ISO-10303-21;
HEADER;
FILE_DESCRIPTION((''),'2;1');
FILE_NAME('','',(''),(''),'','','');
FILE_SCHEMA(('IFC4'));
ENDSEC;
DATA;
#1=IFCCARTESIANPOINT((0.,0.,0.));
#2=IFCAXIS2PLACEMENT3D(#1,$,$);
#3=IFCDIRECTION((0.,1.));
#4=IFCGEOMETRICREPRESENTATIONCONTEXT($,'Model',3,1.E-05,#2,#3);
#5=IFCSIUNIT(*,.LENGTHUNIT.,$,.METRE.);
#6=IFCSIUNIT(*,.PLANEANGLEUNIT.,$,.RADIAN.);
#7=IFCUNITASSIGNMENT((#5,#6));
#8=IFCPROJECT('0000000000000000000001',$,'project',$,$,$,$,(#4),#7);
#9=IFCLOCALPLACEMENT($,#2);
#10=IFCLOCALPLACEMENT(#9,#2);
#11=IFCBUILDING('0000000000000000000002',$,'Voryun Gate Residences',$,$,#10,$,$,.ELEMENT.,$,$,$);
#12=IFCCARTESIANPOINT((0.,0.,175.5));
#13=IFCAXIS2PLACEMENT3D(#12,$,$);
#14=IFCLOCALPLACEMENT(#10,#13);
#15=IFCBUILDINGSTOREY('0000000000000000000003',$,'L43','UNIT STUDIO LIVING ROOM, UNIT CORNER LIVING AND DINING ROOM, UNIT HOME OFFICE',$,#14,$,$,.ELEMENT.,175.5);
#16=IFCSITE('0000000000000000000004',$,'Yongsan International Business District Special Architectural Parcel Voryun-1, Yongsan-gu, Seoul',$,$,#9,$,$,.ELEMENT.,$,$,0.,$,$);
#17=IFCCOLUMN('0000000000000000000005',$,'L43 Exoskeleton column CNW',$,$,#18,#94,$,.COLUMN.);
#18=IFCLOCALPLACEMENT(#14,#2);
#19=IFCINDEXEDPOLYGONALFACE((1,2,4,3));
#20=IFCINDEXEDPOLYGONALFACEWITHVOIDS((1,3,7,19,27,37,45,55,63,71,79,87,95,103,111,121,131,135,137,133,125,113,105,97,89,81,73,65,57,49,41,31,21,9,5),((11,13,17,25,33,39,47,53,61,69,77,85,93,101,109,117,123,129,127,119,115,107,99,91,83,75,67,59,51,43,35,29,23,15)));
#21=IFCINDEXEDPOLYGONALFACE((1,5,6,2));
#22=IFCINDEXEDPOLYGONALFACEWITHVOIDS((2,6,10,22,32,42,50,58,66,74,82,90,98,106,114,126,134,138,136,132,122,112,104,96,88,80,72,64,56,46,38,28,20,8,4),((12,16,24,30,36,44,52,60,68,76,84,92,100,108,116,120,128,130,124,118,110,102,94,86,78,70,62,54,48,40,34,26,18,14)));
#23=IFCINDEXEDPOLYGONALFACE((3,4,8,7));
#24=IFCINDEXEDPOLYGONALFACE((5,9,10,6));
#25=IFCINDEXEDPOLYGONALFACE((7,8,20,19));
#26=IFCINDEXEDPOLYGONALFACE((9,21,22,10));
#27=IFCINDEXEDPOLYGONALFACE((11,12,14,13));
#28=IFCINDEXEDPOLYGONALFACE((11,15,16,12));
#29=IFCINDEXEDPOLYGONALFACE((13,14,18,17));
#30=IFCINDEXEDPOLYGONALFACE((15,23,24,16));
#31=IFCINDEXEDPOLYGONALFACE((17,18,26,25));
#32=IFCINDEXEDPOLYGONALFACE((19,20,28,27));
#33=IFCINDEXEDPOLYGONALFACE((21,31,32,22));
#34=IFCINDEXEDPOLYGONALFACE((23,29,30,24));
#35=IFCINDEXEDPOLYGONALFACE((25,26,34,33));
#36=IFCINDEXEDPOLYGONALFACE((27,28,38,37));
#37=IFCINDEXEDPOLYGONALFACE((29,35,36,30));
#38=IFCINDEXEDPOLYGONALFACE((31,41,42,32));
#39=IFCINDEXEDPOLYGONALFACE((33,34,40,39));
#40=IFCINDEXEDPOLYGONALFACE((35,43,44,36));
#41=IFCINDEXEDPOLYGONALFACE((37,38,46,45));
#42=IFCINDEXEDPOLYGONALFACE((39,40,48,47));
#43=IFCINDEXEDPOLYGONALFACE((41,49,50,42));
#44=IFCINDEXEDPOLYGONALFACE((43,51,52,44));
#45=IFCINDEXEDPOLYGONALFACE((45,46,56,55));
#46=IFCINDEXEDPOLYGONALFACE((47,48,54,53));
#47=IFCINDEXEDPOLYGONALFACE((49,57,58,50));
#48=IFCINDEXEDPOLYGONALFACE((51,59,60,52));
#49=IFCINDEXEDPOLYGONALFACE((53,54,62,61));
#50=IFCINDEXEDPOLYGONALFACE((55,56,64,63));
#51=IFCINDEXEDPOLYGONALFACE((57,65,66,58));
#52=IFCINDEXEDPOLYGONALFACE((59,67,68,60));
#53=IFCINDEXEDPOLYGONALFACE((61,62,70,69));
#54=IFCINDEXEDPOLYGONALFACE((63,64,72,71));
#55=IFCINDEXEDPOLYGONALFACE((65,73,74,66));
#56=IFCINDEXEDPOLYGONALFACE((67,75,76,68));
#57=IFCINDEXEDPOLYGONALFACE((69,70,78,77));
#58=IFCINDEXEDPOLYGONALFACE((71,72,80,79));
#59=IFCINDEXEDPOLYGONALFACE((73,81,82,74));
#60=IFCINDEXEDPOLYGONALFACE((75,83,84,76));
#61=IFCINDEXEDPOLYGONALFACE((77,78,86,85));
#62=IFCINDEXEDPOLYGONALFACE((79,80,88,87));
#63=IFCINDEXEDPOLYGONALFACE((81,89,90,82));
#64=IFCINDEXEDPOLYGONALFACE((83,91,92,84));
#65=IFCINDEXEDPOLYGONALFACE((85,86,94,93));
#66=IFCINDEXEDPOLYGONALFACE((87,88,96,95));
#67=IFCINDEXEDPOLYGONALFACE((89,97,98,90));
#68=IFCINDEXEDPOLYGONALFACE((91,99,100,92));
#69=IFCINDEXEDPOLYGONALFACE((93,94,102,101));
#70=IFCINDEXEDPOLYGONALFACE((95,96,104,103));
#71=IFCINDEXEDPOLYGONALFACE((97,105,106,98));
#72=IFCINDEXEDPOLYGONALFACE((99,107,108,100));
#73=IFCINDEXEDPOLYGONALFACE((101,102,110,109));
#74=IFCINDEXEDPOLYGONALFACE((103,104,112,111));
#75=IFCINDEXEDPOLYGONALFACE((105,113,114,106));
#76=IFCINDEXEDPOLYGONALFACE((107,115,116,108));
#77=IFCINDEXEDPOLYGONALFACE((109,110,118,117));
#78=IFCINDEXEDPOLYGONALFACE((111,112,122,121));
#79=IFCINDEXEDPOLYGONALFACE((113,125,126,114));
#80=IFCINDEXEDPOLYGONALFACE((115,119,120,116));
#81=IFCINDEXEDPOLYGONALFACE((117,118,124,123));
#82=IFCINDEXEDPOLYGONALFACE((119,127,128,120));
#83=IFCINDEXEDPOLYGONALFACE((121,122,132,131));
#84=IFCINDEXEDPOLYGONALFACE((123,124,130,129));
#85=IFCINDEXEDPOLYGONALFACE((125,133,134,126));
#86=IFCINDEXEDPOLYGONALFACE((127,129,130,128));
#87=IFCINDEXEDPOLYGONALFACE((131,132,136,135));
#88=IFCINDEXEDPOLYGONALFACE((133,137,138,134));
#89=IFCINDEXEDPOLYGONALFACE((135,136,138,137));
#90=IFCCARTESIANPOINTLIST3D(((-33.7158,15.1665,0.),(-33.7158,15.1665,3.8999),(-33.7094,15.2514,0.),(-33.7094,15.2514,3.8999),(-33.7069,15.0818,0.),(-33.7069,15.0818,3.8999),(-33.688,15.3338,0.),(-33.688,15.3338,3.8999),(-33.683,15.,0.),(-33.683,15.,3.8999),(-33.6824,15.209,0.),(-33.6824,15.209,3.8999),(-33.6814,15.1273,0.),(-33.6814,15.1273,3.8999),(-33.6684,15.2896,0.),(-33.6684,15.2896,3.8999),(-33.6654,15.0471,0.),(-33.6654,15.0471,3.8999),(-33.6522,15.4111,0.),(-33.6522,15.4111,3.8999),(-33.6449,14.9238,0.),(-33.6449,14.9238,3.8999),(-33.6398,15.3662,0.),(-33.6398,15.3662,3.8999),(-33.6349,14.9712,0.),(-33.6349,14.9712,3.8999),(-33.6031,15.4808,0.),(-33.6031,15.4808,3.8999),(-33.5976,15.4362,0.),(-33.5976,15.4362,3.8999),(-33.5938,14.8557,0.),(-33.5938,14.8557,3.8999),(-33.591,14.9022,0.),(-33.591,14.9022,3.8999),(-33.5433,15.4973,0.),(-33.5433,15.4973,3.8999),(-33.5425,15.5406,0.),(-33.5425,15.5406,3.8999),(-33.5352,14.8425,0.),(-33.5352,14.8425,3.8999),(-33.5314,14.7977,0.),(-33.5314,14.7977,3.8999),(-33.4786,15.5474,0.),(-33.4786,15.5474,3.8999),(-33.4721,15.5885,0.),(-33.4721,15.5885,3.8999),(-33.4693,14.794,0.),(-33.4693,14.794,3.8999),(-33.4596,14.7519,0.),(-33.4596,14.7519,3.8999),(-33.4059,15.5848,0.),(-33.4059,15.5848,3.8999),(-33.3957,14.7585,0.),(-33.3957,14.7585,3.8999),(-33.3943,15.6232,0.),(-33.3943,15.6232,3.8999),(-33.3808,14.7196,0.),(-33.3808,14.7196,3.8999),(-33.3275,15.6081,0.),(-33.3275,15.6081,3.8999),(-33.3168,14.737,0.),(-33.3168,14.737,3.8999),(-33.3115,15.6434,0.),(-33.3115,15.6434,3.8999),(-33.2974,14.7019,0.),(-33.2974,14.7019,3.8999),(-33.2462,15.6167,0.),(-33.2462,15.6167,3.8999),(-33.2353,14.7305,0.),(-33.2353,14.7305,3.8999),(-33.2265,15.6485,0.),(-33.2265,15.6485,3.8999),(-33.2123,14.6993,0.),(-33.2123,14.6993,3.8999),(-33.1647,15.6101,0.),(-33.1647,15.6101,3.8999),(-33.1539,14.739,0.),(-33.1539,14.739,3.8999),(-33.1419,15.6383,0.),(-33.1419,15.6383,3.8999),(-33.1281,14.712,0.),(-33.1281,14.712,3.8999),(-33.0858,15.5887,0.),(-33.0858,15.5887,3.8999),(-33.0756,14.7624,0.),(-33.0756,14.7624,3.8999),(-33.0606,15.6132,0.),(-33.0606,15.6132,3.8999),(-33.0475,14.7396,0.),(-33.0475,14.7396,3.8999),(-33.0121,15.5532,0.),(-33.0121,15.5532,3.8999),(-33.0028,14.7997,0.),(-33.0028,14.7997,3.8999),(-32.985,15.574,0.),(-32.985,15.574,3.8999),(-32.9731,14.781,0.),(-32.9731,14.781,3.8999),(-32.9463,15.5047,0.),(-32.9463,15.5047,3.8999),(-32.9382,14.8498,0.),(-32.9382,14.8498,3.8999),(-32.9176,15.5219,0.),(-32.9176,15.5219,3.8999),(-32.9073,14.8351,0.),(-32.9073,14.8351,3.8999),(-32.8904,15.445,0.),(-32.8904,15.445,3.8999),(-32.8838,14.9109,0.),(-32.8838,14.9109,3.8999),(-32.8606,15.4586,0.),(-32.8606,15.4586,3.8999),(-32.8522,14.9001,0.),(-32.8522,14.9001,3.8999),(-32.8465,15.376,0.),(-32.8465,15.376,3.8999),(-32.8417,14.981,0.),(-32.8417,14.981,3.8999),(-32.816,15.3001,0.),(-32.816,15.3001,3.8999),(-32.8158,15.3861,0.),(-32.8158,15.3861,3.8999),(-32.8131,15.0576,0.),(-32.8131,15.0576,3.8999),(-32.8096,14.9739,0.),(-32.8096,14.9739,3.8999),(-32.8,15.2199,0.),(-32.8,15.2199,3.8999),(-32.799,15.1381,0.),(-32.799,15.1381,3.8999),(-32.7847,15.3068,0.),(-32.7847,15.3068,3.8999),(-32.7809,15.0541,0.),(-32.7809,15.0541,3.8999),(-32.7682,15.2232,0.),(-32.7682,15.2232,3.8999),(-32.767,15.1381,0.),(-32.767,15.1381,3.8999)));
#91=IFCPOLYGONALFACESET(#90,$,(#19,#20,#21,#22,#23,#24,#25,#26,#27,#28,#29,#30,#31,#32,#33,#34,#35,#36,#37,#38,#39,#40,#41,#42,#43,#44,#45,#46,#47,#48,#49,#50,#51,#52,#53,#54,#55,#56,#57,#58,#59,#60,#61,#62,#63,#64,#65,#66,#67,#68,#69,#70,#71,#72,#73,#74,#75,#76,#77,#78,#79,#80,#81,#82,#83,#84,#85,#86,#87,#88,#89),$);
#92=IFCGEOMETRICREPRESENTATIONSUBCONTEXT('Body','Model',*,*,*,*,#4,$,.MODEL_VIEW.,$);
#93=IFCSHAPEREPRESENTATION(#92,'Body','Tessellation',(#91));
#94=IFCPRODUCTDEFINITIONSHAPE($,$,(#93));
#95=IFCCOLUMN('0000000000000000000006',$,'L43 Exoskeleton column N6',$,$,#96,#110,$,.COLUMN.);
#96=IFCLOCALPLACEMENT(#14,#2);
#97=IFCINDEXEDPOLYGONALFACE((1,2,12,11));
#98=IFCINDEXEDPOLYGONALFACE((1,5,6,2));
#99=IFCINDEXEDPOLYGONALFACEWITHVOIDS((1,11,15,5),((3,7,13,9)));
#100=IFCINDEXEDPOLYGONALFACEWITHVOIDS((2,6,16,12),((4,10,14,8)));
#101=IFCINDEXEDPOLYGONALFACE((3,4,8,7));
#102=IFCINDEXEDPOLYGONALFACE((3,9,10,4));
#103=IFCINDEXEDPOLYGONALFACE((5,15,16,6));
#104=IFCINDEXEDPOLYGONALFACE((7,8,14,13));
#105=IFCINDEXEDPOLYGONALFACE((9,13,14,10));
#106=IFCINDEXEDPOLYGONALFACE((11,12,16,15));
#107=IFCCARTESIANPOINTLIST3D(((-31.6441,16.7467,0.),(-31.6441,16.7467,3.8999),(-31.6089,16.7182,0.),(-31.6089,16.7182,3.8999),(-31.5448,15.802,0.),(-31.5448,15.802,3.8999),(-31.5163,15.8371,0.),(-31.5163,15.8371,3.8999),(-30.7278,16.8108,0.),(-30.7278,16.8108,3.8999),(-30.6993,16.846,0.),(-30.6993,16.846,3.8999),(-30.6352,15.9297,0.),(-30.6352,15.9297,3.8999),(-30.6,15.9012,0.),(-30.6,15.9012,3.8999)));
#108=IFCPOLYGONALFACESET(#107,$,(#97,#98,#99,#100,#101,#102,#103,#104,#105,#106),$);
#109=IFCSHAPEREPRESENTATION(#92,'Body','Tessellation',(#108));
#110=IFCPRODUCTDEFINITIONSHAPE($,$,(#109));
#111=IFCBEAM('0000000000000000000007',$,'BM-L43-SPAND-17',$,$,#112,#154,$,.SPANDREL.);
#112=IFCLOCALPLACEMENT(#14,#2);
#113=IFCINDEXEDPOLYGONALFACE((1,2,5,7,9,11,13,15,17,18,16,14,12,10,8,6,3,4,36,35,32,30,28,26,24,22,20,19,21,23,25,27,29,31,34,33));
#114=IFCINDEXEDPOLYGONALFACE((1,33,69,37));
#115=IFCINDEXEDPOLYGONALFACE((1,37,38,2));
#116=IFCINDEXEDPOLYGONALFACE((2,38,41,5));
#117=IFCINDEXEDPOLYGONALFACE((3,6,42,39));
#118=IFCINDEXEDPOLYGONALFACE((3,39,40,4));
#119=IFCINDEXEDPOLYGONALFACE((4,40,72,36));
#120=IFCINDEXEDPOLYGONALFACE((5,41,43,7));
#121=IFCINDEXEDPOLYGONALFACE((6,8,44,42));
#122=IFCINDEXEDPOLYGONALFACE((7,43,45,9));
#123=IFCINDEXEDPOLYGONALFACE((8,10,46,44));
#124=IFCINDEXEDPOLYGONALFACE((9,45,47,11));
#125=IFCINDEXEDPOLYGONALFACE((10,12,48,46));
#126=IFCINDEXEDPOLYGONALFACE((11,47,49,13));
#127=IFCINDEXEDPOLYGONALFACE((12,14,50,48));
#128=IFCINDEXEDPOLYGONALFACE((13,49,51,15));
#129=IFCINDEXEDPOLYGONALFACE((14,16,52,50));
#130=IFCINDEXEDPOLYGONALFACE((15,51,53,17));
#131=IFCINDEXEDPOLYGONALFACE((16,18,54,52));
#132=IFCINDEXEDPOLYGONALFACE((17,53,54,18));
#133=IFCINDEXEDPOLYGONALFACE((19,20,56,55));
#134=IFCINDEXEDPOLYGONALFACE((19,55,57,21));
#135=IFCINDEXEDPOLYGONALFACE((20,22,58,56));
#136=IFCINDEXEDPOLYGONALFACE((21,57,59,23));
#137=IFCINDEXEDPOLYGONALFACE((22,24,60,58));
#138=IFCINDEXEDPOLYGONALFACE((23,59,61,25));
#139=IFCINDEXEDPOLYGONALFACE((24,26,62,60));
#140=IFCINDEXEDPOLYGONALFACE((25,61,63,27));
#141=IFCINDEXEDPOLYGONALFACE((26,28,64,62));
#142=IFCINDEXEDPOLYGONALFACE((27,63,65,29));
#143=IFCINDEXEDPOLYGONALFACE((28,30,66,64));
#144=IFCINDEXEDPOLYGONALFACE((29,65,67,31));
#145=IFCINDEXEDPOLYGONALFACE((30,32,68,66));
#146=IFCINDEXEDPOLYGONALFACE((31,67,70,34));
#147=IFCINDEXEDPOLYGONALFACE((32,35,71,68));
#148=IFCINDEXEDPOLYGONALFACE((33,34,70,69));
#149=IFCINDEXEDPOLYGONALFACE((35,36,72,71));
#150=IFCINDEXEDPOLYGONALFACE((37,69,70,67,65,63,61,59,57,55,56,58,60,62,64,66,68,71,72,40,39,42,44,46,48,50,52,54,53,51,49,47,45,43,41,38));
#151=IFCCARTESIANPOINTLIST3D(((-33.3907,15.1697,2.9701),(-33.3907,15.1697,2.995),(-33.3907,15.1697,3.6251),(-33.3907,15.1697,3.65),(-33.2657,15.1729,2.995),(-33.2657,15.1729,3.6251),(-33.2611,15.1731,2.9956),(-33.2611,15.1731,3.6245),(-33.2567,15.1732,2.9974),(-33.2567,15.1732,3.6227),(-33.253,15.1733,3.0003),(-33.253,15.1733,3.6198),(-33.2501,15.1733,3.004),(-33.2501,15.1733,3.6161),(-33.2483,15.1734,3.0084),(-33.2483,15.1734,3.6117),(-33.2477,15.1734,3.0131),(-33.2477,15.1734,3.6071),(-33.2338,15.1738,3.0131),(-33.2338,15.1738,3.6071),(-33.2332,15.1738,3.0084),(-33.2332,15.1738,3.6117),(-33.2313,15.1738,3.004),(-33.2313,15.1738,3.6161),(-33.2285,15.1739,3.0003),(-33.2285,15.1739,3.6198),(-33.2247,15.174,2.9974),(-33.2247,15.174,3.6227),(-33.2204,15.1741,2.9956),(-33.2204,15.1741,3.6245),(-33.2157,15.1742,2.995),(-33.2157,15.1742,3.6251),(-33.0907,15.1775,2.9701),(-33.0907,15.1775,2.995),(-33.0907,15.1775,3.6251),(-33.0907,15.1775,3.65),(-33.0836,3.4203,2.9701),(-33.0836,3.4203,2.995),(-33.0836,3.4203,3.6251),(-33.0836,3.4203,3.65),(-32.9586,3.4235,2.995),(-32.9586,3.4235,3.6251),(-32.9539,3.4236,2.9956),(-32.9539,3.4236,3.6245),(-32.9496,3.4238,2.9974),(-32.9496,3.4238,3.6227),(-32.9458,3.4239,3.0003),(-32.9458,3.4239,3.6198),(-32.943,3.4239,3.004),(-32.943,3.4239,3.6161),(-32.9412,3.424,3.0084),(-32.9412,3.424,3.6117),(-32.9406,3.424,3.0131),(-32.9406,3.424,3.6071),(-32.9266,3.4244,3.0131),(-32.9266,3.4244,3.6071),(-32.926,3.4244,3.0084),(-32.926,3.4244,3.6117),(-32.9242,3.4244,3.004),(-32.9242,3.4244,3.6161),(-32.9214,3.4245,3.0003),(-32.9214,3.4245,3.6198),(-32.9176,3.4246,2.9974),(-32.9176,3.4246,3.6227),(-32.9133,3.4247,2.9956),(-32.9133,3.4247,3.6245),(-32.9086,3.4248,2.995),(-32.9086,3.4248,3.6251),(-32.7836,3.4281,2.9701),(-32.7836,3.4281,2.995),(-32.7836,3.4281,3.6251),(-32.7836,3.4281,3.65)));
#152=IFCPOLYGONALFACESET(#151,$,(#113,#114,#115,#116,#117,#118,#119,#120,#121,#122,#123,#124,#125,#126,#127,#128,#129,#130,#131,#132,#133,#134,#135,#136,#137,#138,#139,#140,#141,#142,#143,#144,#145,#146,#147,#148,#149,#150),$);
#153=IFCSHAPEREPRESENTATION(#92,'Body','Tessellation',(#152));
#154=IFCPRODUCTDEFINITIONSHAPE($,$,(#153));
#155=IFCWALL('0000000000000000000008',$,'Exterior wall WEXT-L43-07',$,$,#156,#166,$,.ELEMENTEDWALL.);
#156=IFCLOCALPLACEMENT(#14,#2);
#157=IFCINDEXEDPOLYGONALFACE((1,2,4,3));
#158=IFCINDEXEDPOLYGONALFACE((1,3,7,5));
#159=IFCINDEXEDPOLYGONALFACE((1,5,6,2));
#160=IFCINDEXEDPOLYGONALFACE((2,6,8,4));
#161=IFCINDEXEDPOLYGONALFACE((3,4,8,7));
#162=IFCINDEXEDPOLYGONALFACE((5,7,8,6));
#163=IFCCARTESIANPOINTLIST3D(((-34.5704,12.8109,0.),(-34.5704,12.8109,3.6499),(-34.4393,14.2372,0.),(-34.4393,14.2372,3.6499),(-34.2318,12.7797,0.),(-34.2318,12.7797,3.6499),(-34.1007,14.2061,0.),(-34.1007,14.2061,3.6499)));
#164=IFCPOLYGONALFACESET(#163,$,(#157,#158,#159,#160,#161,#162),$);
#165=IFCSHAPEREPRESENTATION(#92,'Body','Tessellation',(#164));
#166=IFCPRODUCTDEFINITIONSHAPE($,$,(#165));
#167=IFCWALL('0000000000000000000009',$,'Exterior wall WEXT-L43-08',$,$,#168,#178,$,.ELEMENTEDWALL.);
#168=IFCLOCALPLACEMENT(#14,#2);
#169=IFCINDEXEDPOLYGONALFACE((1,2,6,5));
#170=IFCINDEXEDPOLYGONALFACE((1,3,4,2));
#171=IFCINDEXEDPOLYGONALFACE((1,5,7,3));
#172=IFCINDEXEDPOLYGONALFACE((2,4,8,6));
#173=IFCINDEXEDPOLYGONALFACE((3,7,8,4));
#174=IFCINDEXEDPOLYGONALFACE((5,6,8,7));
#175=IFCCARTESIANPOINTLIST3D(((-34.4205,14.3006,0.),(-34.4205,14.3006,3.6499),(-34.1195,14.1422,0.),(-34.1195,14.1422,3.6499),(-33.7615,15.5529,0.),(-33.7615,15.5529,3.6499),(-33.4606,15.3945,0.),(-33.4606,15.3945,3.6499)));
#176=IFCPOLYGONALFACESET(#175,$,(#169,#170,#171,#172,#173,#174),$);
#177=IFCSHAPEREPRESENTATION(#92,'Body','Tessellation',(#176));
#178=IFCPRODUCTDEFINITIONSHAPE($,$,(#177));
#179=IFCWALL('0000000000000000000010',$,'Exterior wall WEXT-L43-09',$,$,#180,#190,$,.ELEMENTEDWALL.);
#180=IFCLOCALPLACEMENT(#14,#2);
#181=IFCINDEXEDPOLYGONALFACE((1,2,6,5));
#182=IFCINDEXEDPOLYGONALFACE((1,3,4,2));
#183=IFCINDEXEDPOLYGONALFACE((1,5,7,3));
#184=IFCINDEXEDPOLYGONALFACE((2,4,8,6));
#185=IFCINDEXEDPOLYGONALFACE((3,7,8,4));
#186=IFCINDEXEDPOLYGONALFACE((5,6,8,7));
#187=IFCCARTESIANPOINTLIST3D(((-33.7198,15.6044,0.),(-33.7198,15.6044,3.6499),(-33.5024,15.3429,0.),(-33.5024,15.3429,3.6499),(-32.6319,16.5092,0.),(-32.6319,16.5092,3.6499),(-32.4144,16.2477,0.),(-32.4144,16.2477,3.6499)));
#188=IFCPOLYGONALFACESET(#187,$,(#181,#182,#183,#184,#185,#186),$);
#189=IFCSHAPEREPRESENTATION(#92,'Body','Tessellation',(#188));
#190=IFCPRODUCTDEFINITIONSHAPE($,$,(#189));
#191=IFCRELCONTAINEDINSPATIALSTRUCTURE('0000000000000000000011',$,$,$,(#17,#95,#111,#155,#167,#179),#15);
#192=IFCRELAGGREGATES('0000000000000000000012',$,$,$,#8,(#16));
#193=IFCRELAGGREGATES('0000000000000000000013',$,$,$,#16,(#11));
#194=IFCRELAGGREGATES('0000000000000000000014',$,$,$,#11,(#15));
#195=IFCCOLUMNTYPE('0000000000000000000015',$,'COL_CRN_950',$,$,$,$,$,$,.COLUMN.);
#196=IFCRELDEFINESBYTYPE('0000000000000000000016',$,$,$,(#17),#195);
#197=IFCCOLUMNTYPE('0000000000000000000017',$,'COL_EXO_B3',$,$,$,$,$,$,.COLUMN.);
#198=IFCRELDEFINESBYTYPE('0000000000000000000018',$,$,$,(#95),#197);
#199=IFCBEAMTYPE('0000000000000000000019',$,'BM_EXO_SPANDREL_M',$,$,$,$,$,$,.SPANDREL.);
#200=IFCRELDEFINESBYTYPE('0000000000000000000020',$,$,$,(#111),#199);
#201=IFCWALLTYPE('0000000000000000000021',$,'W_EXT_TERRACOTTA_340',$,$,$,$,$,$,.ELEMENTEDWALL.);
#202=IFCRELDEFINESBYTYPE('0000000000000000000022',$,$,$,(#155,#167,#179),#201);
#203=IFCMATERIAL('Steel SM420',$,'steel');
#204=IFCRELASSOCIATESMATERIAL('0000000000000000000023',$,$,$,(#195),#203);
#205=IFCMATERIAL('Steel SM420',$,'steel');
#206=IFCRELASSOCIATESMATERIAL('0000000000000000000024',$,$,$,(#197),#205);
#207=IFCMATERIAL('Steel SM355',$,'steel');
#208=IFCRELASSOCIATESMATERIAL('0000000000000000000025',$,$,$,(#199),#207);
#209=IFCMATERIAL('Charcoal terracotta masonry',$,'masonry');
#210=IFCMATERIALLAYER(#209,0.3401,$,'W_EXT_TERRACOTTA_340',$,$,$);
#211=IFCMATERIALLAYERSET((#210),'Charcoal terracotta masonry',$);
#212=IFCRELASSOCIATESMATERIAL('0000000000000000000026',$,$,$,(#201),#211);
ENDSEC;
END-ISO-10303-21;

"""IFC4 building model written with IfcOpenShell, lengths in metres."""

from ifc_helpers import new_model, si_unit, direction, frame, frame_2d, origin, origin_2d, place, context, subcontext, project, spatial, rectangle, hollow_rectangle, hollow_circle, i_section, extrude, material, layer, layer_set, material_profile, profile_set, type_object, element, save


model = new_model("IFC4")

# Units and contexts
model_context = context("Model", 3, precision=1e-05, world=origin(), true_north=direction((0.0, 1.0)))
body_context = subcontext(model_context, "Body", "Model", "MODEL_VIEW")
ifc_project = project(units=[si_unit("LENGTHUNIT", "METRE"), si_unit("PLANEANGLEUNIT", "RADIAN")], contexts=[model_context])

# Site, building, storey
site_placement = place(None, origin())
site = spatial("IfcSite", under=ifc_project, at=site_placement, Name="Yongsan International Business District Special Architectural Parcel Voryun-1, Yongsan-gu, Seoul", CompositionType="ELEMENT", RefElevation=0.0)
building_placement = place(site_placement, origin())
building = spatial("IfcBuilding", under=site, at=building_placement, Name="Voryun Gate Residences", CompositionType="ELEMENT")
storey_placement = place(building_placement, frame((0.0, 0.0, 175.5)))
storey = spatial("IfcBuildingStorey", under=building, at=storey_placement, Name="L43", Description="UNIT STUDIO LIVING ROOM, UNIT CORNER LIVING AND DINING ROOM, UNIT HOME OFFICE", CompositionType="ELEMENT", Elevation=175.5)

# Columns
ifc_material_1 = material(Name="Steel SM420", Category="steel")
ifc_material_profile_1 = material_profile(ifc_material_1, hollow_circle(Radius=0.4751, WallThickness=0.032, at=origin_2d()), Name="CHS-950x32")
ifc_profile_set_1 = profile_set([ifc_material_profile_1], Name="Steel SM420")
column_type_1 = type_object("IfcColumnType", Name="COL_CRN_950", PredefinedType="COLUMN", material=ifc_profile_set_1)
column_1_placement = place(storey_placement, frame((-33.2407, 15.1736, 0.0), z_axis=(0.0, 0.0, 1.0), x_axis=(0.994522, 0.104528, 0.0)))
element("IfcColumn", 1, at=column_1_placement, inside=storey, type_object=column_type_1, Name="L43 Exoskeleton column CNW", PredefinedType="COLUMN", context=body_context, shape_type="SweptSolid", body=[
    extrude(hollow_circle(Radius=0.4751, WallThickness=0.032, at=origin_2d()), origin(), (0.0, 0.0, 1.0), 3.8999),
])
ifc_material_2 = material(Name="Steel SM420", Category="steel")
ifc_material_profile_2 = material_profile(ifc_material_2, hollow_rectangle(XDim=0.95, YDim=0.95, WallThickness=0.032, at=origin_2d()), Name="BOX-950x950x32")
ifc_profile_set_2 = profile_set([ifc_material_profile_2], Name="Steel SM420")
column_type_2 = type_object("IfcColumnType", Name="COL_EXO_B3", PredefinedType="COLUMN", material=ifc_profile_set_2)
column_2_placement = place(storey_placement, frame((-31.1221, 16.324, 0.0), z_axis=(0.0, 0.0, 1.0), x_axis=(0.994522, 0.104528, 0.0)))
element("IfcColumn", 2, at=column_2_placement, inside=storey, type_object=column_type_2, Name="L43 Exoskeleton column N6", PredefinedType="COLUMN", context=body_context, shape_type="SweptSolid", body=[
    extrude(hollow_rectangle(XDim=0.95, YDim=0.95, WallThickness=0.032, at=origin_2d()), origin(), (0.0, 0.0, 1.0), 3.8999),
])

# Beam
ifc_material_3 = material(Name="Steel SM355", Category="steel")
ifc_material_profile_3 = material_profile(ifc_material_3, i_section(OverallWidth=0.3, OverallDepth=0.6799, WebThickness=0.0139, FlangeThickness=0.0249, FilletRadius=0.0181, at=origin_2d()), Name="H-680x300x14x25")
ifc_profile_set_3 = profile_set([ifc_material_profile_3], Name="Steel SM355")
beam_type = type_object("IfcBeamType", Name="BM_EXO_SPANDREL_M", PredefinedType="SPANDREL", material=ifc_profile_set_3)
beam_placement = place(storey_placement, frame((-33.2407, 15.1736, 3.3101), z_axis=(0.026131, -0.999659, 0.0), x_axis=(0.999659, 0.026131, 0.0)))
element("IfcBeam", 3, at=beam_placement, inside=storey, type_object=beam_type, Name="BM-L43-SPAND-17", PredefinedType="SPANDREL", context=body_context, shape_type="SweptSolid", body=[
    extrude(i_section(OverallWidth=0.3, OverallDepth=0.6799, WebThickness=0.0139, FlangeThickness=0.0249, FilletRadius=0.0181, at=origin_2d()), origin(), (0.0, 0.0, 1.0), 11.7534),
])

# Walls
ifc_material_4 = material(Name="Charcoal terracotta masonry", Category="masonry")
ifc_layer_1 = layer(ifc_material_4, 0.3401, Name="W_EXT_TERRACOTTA_340")
ifc_layer_set_1 = layer_set([ifc_layer_1], Name="Charcoal terracotta masonry")
wall_type_1 = type_object("IfcWallType", Name="W_EXT_TERRACOTTA_340", PredefinedType="ELEMENTEDWALL", material=ifc_layer_set_1)
wall_1_placement = place(storey_placement, frame((-34.4011, 12.7952, 0.0), z_axis=(0.0, 0.0, 1.0), x_axis=(0.091535, 0.995802, 0.0)))
element("IfcWall", 4, at=wall_1_placement, inside=storey, type_object=wall_type_1, Name="Exterior wall WEXT-L43-07", PredefinedType="ELEMENTEDWALL", context=body_context, shape_type="SweptSolid", body=[
    extrude(rectangle(XDim=1.4324, YDim=0.3401, at=frame_2d((0.7163, 0.0))), origin(), (0.0, 0.0, 1.0), 3.6499),
])
for number, where, z_axis, x_axis, name in (
    (5, (-34.27, 14.2214, 0.0), (0.0, 0.0, 1.0), (0.465682, 0.884952, 0.0), "Exterior wall WEXT-L43-08"),
    (6, (-33.6111, 15.4736, 0.0), (0.0, 0.0, 1.0), (0.768843, 0.639437, 0.0), "Exterior wall WEXT-L43-09"),
):
    element("IfcWall", number, at=place(storey_placement, frame(where, z_axis=z_axis, x_axis=x_axis)), inside=storey, type_object=wall_type_1, Name=name, PredefinedType="ELEMENTEDWALL", context=body_context, shape_type="SweptSolid", body=[
        extrude(rectangle(XDim=1.415, YDim=0.3401, at=frame_2d((0.7075, 0.0))), origin(), (0.0, 0.0, 1.0), 3.6499),
    ])

save(model, "model.ifc")
